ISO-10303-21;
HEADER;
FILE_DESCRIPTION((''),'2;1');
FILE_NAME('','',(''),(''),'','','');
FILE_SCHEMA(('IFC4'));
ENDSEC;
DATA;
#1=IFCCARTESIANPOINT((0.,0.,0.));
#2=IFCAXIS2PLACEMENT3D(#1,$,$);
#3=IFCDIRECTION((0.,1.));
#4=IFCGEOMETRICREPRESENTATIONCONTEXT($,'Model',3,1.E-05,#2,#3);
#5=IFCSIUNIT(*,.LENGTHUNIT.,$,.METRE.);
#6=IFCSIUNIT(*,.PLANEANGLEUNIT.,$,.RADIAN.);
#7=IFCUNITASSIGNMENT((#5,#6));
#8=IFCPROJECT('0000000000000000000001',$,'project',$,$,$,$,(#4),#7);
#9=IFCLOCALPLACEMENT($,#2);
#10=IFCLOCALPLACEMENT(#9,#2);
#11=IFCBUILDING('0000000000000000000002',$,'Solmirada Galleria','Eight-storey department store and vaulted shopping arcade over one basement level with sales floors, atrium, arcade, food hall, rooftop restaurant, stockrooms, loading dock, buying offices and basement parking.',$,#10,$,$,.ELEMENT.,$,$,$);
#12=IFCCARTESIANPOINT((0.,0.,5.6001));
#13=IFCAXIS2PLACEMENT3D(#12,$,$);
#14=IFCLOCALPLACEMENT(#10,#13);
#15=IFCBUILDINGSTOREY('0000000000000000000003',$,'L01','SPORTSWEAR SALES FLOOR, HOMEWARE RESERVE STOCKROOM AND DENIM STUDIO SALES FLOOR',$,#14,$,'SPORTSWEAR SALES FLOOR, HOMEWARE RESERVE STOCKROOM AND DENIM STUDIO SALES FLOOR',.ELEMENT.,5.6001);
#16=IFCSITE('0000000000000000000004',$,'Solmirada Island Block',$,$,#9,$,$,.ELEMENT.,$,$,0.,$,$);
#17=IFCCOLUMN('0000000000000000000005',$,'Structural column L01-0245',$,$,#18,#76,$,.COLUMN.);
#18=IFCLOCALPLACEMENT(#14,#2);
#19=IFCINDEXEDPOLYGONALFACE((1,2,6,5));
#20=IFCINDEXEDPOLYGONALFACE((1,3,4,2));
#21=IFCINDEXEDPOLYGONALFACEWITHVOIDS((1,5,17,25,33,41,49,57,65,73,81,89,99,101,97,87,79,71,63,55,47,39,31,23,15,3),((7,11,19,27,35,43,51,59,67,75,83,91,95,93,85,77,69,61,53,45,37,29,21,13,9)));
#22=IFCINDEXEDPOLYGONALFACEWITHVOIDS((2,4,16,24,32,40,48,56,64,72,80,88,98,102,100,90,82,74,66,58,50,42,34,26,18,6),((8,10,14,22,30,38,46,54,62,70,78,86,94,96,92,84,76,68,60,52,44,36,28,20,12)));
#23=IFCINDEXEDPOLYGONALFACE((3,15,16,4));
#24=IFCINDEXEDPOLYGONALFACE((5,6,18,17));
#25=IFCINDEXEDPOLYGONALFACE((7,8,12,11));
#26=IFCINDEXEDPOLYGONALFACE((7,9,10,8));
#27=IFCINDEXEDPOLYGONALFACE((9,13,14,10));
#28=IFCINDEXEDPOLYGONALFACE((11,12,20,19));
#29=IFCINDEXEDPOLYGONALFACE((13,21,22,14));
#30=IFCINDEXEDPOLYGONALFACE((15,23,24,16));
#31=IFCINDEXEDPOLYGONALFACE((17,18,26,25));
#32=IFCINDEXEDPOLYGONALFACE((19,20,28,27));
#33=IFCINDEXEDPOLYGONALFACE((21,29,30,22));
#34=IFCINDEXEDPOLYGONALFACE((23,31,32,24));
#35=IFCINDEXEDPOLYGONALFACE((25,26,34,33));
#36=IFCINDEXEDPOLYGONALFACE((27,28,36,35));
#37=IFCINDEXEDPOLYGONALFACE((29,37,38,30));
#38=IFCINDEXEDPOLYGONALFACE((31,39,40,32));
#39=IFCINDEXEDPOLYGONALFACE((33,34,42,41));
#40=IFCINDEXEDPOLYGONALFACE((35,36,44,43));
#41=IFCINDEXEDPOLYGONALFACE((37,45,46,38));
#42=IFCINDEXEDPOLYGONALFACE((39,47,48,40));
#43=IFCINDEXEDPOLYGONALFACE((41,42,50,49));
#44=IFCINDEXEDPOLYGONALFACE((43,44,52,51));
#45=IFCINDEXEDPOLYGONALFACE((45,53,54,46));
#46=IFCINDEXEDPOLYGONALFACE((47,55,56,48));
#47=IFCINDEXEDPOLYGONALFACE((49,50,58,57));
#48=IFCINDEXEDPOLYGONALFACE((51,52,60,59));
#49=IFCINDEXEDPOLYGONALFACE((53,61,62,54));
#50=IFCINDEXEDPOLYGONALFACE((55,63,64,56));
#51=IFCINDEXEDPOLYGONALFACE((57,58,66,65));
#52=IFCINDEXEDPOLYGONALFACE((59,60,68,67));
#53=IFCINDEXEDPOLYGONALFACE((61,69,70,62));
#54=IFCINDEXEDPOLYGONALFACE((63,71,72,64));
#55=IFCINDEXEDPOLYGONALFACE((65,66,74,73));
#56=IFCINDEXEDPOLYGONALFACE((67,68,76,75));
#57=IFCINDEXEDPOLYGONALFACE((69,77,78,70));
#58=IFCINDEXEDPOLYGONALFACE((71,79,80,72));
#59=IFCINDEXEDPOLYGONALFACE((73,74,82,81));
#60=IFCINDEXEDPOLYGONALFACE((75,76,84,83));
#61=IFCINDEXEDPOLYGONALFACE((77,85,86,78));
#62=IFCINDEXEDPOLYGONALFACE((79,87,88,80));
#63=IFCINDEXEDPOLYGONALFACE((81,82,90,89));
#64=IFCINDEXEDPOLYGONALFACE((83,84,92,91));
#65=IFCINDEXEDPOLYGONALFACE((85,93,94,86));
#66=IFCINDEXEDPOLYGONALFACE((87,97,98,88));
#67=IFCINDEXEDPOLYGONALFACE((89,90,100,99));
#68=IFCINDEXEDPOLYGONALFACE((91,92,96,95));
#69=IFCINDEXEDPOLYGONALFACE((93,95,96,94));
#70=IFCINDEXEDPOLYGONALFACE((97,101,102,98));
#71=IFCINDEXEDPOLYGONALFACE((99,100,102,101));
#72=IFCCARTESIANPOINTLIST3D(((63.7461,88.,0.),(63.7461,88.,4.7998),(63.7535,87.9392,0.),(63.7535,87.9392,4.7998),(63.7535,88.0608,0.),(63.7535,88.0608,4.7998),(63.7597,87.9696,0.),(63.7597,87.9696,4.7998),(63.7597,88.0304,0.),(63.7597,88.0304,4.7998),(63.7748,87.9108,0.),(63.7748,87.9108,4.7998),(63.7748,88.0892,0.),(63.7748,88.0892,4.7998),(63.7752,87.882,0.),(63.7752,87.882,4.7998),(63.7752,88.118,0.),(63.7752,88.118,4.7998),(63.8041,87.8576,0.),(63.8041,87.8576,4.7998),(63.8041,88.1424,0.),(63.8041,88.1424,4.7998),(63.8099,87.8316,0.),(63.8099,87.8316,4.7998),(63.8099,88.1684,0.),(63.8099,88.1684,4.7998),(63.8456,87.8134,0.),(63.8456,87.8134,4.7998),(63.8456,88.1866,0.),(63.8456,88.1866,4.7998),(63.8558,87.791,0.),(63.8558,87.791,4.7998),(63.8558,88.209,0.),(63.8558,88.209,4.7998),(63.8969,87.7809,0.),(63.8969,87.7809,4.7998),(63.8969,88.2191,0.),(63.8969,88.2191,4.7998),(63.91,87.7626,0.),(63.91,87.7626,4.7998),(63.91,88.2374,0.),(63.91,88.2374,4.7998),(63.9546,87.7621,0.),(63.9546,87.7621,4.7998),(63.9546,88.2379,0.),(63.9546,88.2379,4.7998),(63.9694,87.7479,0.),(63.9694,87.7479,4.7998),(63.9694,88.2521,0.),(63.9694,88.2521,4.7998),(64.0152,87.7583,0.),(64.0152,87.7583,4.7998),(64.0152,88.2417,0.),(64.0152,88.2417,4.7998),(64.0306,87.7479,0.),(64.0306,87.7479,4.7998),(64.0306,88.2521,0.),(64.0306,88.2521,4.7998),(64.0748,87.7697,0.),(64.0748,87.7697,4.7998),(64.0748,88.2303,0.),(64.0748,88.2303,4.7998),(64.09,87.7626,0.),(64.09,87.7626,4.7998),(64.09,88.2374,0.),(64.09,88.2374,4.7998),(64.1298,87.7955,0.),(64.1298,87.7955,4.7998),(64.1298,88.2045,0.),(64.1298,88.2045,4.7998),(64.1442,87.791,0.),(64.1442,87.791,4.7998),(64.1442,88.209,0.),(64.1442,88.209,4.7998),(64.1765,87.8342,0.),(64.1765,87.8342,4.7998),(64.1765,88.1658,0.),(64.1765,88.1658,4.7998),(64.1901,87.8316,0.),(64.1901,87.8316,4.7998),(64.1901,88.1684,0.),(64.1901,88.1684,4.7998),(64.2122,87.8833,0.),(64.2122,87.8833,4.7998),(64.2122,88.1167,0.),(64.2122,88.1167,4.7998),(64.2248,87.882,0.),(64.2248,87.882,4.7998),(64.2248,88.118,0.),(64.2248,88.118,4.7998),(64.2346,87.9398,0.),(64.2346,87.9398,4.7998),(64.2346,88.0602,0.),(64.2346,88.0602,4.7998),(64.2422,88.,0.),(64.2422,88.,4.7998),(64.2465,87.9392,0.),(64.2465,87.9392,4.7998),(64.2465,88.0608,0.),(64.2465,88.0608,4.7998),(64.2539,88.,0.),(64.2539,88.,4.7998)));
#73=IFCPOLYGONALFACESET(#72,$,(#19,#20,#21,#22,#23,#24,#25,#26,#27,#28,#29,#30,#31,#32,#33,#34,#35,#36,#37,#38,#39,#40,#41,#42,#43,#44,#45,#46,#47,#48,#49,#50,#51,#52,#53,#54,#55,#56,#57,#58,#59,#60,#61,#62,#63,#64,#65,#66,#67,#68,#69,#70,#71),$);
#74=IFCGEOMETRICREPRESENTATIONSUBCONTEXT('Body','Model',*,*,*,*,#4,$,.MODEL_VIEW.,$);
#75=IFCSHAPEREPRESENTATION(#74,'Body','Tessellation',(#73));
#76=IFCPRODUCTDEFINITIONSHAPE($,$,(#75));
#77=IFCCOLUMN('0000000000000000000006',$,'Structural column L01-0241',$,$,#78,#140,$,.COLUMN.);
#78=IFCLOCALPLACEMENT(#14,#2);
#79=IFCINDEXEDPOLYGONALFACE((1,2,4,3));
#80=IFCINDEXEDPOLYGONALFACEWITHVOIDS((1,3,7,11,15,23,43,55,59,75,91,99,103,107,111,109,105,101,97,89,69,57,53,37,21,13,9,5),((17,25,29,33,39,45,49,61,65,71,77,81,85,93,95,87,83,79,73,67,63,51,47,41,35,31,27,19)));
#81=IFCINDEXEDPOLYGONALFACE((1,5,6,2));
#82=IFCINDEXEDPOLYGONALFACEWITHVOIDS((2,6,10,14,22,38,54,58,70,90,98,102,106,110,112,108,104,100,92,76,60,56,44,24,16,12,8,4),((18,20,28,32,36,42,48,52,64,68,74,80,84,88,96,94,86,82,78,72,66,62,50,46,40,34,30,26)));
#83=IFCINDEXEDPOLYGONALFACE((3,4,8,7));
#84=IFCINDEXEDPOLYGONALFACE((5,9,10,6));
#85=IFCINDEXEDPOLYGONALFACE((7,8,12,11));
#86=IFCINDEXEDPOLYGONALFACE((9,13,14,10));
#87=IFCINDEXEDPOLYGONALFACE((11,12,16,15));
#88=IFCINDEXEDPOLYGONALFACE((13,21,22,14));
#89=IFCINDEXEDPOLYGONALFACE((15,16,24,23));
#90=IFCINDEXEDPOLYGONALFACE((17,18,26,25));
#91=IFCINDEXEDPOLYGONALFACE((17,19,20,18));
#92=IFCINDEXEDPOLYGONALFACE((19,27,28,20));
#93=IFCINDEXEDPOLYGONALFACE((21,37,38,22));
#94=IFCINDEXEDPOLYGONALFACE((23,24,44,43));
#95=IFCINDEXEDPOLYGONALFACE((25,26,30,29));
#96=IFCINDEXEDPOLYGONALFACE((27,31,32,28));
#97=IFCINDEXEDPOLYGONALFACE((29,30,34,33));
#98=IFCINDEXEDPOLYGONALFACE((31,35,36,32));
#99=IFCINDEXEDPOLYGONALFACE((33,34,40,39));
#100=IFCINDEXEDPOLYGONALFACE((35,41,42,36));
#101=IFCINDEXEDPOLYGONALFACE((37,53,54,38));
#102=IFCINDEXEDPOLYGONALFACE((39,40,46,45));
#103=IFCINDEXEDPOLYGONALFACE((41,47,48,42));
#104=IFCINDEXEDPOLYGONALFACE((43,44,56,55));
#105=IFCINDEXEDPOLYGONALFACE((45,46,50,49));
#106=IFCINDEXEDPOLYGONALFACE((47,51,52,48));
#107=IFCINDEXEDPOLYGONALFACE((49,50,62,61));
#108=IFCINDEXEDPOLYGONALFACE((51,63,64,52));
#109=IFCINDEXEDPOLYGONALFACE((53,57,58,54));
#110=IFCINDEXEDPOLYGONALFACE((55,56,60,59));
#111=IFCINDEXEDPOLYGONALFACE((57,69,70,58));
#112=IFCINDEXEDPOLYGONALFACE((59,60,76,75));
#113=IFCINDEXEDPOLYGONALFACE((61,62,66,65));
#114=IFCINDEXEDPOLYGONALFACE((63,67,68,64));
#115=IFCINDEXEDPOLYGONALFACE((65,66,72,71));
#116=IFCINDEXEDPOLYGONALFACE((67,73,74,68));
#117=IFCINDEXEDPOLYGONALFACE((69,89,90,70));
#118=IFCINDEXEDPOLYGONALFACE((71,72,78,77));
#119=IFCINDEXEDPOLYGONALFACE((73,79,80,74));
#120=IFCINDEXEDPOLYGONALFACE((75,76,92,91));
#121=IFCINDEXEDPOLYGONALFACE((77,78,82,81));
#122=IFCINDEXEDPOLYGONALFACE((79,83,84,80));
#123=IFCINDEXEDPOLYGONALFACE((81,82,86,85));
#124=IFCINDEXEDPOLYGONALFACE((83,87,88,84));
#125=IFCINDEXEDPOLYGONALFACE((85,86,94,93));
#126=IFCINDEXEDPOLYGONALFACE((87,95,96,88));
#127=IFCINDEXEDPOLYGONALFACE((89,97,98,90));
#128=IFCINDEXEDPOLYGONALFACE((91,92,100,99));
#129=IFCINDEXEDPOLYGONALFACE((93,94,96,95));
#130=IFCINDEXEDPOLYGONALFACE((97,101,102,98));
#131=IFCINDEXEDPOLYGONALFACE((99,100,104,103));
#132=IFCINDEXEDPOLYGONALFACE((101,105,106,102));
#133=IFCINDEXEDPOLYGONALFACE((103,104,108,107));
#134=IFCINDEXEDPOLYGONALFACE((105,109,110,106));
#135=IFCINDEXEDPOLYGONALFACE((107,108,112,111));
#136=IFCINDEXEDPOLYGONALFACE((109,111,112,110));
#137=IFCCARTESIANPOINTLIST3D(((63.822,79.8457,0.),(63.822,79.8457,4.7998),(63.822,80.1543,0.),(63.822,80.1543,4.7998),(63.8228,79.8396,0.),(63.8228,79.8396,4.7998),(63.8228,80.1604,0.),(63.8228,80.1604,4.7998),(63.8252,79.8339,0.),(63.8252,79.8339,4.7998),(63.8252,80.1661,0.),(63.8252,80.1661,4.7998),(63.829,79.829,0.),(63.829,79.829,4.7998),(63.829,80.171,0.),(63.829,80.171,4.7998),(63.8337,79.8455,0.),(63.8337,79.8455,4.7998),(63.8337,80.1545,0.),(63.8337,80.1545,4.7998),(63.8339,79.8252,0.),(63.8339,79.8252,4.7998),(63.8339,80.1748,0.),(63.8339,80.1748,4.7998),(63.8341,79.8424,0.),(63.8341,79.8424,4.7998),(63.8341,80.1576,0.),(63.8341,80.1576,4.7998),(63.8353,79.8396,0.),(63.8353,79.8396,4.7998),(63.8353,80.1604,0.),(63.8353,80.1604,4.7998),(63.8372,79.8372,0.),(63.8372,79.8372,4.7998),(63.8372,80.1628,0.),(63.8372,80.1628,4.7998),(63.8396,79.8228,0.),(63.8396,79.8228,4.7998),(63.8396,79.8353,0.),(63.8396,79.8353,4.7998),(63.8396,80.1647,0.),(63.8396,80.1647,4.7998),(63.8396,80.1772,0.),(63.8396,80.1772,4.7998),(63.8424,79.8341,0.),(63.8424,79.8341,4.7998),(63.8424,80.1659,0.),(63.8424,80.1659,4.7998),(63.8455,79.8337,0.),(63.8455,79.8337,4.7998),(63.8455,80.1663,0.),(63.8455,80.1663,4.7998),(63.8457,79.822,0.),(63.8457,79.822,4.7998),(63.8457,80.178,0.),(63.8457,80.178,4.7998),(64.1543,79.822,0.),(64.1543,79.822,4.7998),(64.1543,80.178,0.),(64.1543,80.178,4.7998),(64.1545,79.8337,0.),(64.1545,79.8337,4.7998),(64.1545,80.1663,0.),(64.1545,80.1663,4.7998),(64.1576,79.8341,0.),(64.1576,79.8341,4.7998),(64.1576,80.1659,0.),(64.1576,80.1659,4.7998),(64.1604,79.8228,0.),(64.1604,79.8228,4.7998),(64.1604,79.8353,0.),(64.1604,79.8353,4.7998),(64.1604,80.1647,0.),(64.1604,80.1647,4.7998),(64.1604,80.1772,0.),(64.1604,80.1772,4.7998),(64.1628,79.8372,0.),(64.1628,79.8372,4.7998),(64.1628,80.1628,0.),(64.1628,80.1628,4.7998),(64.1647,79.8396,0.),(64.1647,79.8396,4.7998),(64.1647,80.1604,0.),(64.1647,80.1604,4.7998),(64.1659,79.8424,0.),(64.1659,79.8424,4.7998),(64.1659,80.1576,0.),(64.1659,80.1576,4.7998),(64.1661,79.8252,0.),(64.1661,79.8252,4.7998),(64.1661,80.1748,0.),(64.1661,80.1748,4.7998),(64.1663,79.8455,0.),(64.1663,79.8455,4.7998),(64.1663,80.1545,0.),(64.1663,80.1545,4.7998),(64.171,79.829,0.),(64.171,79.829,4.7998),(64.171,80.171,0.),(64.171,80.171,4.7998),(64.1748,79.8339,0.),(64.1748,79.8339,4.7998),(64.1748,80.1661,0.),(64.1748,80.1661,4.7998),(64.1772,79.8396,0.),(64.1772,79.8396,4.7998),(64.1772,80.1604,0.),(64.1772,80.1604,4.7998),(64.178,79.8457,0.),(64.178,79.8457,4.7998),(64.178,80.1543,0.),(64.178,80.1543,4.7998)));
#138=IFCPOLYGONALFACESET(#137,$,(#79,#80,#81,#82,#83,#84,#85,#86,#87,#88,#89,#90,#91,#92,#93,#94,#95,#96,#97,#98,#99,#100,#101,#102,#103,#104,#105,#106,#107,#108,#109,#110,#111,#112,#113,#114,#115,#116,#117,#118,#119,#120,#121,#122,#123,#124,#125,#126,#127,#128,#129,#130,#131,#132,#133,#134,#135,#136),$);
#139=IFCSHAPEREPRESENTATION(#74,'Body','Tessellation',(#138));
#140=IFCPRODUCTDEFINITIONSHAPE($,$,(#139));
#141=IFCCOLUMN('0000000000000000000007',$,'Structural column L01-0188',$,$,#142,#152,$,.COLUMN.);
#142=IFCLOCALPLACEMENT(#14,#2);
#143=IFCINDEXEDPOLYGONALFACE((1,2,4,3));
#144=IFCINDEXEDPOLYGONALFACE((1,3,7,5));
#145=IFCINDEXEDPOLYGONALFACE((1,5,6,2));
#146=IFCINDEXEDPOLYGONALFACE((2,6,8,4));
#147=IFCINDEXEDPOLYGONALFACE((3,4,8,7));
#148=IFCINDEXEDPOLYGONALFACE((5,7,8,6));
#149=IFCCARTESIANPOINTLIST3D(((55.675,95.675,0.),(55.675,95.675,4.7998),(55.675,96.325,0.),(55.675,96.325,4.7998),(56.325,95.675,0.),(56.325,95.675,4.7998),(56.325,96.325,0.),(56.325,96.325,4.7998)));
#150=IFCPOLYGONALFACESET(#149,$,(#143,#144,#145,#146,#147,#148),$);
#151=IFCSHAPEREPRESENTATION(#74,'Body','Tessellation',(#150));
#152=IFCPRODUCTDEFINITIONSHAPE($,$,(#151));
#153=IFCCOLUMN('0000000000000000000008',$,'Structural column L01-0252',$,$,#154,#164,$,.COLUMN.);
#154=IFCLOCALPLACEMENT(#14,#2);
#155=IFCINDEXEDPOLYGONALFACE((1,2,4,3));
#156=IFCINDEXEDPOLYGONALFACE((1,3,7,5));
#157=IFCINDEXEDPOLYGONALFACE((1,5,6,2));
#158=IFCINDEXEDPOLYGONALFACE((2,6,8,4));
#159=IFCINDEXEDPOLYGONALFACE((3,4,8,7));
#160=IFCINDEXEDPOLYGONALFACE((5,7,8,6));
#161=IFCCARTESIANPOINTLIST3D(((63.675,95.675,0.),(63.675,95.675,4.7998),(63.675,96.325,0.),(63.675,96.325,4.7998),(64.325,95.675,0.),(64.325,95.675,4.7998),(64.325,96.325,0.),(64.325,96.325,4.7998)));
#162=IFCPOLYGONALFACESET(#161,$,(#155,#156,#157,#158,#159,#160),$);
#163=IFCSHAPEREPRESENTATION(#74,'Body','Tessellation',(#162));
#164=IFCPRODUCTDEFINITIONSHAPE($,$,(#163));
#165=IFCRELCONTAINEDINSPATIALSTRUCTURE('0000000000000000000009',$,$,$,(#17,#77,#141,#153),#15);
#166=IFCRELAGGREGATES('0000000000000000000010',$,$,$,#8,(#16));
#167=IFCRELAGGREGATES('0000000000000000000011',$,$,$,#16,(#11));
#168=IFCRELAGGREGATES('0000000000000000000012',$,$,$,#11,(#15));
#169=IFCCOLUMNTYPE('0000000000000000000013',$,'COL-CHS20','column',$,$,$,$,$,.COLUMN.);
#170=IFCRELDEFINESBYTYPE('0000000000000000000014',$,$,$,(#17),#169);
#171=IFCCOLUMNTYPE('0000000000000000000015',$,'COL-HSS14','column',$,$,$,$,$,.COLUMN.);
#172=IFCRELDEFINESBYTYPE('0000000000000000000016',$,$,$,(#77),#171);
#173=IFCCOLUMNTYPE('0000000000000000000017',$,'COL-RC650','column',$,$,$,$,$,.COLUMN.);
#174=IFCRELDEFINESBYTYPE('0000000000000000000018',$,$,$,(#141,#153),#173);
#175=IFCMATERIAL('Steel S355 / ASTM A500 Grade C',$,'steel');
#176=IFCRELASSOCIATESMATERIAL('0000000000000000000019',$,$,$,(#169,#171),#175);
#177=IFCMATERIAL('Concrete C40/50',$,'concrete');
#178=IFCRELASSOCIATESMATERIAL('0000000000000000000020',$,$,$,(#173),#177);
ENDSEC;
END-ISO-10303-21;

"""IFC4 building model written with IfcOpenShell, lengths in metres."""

from ifc_helpers import new_model, si_unit, direction, frame, origin, origin_2d, place, context, subcontext, project, spatial, rectangle, hollow_rectangle, hollow_circle, extrude, material, material_profile, profile_set, type_object, element, save


model = new_model("IFC4")

# Units and contexts
model_context = context("Model", 3, precision=1e-05, world=origin(), true_north=direction((0.0, 1.0)))
body_context = subcontext(model_context, "Body", "Model", "MODEL_VIEW")
ifc_project = project(units=[si_unit("LENGTHUNIT", "METRE"), si_unit("PLANEANGLEUNIT", "RADIAN")], contexts=[model_context])

# Site, building, storey
site_placement = place(None, origin())
site = spatial("IfcSite", under=ifc_project, at=site_placement, Name="Solmirada Island Block", CompositionType="ELEMENT", RefElevation=0.0)
building_placement = place(site_placement, origin())
building = spatial("IfcBuilding", under=site, at=building_placement, Name="Solmirada Galleria", Description="Eight-storey department store and vaulted shopping arcade over one basement level with sales floors, atrium, arcade, food hall, rooftop restaurant, stockrooms, loading dock, buying offices and basement parking.", CompositionType="ELEMENT")
storey_placement = place(building_placement, frame((0.0, 0.0, 5.6001)))
storey = spatial("IfcBuildingStorey", under=building, at=storey_placement, Name="L01", Description="SPORTSWEAR SALES FLOOR, HOMEWARE RESERVE STOCKROOM AND DENIM STUDIO SALES FLOOR", LongName="SPORTSWEAR SALES FLOOR, HOMEWARE RESERVE STOCKROOM AND DENIM STUDIO SALES FLOOR", CompositionType="ELEMENT", Elevation=5.6001)

# Columns
ifc_material_1 = material(Name="Steel S355 / ASTM A500 Grade C", Category="steel")
ifc_material_profile_1 = material_profile(ifc_material_1, hollow_circle(Radius=0.2539, WallThickness=0.0117, at=origin_2d()), Name="HSS20.000X0.500")
ifc_profile_set_1 = profile_set([ifc_material_profile_1], Name="Steel S355 / ASTM A500 Grade C")
column_type_1 = type_object("IfcColumnType", Name="COL-CHS20", Description="column", PredefinedType="COLUMN", material=ifc_profile_set_1)
column_1_placement = place(storey_placement, frame((64.0, 88.0, 0.0), z_axis=(0.0, 0.0, 1.0), x_axis=(1.0, 0.0, 0.0)))
element("IfcColumn", 1, at=column_1_placement, inside=storey, type_object=column_type_1, Name="Structural column L01-0245", PredefinedType="COLUMN", context=body_context, shape_type="SweptSolid", body=[
    extrude(hollow_circle(Radius=0.2539, WallThickness=0.0117, at=origin_2d()), origin(), (0.0, 0.0, 1.0), 4.7998),
])
ifc_material_profile_2 = material_profile(ifc_material_1, hollow_rectangle(XDim=0.356, YDim=0.356, WallThickness=0.0117, InnerFilletRadius=0.0117, OuterFilletRadius=0.0237, at=origin_2d()), Name="HSS14X14X1/2")
ifc_profile_set_2 = profile_set([ifc_material_profile_2], Name="Steel S355 / ASTM A500 Grade C")
column_type_2 = type_object("IfcColumnType", Name="COL-HSS14", Description="column", PredefinedType="COLUMN", material=ifc_profile_set_2)
column_2_placement = place(storey_placement, frame((64.0, 80.0, 0.0), z_axis=(0.0, 0.0, 1.0), x_axis=(1.0, 0.0, 0.0)))
element("IfcColumn", 2, at=column_2_placement, inside=storey, type_object=column_type_2, Name="Structural column L01-0241", PredefinedType="COLUMN", context=body_context, shape_type="SweptSolid", body=[
    extrude(hollow_rectangle(XDim=0.356, YDim=0.356, WallThickness=0.0117, InnerFilletRadius=0.0117, OuterFilletRadius=0.0237, at=origin_2d()), origin(), (0.0, 0.0, 1.0), 4.7998),
])
ifc_material_2 = material(Name="Concrete C40/50", Category="concrete")
ifc_material_profile_3 = material_profile(ifc_material_2, rectangle(XDim=0.6499, YDim=0.6499, at=origin_2d()), Name="RC650X650")
ifc_profile_set_3 = profile_set([ifc_material_profile_3], Name="Concrete C40/50")
column_type_3 = type_object("IfcColumnType", Name="COL-RC650", Description="column", PredefinedType="COLUMN", material=ifc_profile_set_3)
for number, where, z_axis, x_axis, name in (
    (3, (56.0, 96.0, 0.0), (0.0, 0.0, 1.0), (1.0, 0.0, 0.0), "Structural column L01-0188"),
    (4, (64.0, 96.0, 0.0), (0.0, 0.0, 1.0), (1.0, 0.0, 0.0), "Structural column L01-0252"),
):
    element("IfcColumn", number, at=place(storey_placement, frame(where, z_axis=z_axis, x_axis=x_axis)), inside=storey, type_object=column_type_3, Name=name, PredefinedType="COLUMN", context=body_context, shape_type="SweptSolid", body=[
        extrude(rectangle(XDim=0.6499, YDim=0.6499, at=origin_2d()), origin(), (0.0, 0.0, 1.0), 4.7998),
    ])

save(model, "model.ifc")
